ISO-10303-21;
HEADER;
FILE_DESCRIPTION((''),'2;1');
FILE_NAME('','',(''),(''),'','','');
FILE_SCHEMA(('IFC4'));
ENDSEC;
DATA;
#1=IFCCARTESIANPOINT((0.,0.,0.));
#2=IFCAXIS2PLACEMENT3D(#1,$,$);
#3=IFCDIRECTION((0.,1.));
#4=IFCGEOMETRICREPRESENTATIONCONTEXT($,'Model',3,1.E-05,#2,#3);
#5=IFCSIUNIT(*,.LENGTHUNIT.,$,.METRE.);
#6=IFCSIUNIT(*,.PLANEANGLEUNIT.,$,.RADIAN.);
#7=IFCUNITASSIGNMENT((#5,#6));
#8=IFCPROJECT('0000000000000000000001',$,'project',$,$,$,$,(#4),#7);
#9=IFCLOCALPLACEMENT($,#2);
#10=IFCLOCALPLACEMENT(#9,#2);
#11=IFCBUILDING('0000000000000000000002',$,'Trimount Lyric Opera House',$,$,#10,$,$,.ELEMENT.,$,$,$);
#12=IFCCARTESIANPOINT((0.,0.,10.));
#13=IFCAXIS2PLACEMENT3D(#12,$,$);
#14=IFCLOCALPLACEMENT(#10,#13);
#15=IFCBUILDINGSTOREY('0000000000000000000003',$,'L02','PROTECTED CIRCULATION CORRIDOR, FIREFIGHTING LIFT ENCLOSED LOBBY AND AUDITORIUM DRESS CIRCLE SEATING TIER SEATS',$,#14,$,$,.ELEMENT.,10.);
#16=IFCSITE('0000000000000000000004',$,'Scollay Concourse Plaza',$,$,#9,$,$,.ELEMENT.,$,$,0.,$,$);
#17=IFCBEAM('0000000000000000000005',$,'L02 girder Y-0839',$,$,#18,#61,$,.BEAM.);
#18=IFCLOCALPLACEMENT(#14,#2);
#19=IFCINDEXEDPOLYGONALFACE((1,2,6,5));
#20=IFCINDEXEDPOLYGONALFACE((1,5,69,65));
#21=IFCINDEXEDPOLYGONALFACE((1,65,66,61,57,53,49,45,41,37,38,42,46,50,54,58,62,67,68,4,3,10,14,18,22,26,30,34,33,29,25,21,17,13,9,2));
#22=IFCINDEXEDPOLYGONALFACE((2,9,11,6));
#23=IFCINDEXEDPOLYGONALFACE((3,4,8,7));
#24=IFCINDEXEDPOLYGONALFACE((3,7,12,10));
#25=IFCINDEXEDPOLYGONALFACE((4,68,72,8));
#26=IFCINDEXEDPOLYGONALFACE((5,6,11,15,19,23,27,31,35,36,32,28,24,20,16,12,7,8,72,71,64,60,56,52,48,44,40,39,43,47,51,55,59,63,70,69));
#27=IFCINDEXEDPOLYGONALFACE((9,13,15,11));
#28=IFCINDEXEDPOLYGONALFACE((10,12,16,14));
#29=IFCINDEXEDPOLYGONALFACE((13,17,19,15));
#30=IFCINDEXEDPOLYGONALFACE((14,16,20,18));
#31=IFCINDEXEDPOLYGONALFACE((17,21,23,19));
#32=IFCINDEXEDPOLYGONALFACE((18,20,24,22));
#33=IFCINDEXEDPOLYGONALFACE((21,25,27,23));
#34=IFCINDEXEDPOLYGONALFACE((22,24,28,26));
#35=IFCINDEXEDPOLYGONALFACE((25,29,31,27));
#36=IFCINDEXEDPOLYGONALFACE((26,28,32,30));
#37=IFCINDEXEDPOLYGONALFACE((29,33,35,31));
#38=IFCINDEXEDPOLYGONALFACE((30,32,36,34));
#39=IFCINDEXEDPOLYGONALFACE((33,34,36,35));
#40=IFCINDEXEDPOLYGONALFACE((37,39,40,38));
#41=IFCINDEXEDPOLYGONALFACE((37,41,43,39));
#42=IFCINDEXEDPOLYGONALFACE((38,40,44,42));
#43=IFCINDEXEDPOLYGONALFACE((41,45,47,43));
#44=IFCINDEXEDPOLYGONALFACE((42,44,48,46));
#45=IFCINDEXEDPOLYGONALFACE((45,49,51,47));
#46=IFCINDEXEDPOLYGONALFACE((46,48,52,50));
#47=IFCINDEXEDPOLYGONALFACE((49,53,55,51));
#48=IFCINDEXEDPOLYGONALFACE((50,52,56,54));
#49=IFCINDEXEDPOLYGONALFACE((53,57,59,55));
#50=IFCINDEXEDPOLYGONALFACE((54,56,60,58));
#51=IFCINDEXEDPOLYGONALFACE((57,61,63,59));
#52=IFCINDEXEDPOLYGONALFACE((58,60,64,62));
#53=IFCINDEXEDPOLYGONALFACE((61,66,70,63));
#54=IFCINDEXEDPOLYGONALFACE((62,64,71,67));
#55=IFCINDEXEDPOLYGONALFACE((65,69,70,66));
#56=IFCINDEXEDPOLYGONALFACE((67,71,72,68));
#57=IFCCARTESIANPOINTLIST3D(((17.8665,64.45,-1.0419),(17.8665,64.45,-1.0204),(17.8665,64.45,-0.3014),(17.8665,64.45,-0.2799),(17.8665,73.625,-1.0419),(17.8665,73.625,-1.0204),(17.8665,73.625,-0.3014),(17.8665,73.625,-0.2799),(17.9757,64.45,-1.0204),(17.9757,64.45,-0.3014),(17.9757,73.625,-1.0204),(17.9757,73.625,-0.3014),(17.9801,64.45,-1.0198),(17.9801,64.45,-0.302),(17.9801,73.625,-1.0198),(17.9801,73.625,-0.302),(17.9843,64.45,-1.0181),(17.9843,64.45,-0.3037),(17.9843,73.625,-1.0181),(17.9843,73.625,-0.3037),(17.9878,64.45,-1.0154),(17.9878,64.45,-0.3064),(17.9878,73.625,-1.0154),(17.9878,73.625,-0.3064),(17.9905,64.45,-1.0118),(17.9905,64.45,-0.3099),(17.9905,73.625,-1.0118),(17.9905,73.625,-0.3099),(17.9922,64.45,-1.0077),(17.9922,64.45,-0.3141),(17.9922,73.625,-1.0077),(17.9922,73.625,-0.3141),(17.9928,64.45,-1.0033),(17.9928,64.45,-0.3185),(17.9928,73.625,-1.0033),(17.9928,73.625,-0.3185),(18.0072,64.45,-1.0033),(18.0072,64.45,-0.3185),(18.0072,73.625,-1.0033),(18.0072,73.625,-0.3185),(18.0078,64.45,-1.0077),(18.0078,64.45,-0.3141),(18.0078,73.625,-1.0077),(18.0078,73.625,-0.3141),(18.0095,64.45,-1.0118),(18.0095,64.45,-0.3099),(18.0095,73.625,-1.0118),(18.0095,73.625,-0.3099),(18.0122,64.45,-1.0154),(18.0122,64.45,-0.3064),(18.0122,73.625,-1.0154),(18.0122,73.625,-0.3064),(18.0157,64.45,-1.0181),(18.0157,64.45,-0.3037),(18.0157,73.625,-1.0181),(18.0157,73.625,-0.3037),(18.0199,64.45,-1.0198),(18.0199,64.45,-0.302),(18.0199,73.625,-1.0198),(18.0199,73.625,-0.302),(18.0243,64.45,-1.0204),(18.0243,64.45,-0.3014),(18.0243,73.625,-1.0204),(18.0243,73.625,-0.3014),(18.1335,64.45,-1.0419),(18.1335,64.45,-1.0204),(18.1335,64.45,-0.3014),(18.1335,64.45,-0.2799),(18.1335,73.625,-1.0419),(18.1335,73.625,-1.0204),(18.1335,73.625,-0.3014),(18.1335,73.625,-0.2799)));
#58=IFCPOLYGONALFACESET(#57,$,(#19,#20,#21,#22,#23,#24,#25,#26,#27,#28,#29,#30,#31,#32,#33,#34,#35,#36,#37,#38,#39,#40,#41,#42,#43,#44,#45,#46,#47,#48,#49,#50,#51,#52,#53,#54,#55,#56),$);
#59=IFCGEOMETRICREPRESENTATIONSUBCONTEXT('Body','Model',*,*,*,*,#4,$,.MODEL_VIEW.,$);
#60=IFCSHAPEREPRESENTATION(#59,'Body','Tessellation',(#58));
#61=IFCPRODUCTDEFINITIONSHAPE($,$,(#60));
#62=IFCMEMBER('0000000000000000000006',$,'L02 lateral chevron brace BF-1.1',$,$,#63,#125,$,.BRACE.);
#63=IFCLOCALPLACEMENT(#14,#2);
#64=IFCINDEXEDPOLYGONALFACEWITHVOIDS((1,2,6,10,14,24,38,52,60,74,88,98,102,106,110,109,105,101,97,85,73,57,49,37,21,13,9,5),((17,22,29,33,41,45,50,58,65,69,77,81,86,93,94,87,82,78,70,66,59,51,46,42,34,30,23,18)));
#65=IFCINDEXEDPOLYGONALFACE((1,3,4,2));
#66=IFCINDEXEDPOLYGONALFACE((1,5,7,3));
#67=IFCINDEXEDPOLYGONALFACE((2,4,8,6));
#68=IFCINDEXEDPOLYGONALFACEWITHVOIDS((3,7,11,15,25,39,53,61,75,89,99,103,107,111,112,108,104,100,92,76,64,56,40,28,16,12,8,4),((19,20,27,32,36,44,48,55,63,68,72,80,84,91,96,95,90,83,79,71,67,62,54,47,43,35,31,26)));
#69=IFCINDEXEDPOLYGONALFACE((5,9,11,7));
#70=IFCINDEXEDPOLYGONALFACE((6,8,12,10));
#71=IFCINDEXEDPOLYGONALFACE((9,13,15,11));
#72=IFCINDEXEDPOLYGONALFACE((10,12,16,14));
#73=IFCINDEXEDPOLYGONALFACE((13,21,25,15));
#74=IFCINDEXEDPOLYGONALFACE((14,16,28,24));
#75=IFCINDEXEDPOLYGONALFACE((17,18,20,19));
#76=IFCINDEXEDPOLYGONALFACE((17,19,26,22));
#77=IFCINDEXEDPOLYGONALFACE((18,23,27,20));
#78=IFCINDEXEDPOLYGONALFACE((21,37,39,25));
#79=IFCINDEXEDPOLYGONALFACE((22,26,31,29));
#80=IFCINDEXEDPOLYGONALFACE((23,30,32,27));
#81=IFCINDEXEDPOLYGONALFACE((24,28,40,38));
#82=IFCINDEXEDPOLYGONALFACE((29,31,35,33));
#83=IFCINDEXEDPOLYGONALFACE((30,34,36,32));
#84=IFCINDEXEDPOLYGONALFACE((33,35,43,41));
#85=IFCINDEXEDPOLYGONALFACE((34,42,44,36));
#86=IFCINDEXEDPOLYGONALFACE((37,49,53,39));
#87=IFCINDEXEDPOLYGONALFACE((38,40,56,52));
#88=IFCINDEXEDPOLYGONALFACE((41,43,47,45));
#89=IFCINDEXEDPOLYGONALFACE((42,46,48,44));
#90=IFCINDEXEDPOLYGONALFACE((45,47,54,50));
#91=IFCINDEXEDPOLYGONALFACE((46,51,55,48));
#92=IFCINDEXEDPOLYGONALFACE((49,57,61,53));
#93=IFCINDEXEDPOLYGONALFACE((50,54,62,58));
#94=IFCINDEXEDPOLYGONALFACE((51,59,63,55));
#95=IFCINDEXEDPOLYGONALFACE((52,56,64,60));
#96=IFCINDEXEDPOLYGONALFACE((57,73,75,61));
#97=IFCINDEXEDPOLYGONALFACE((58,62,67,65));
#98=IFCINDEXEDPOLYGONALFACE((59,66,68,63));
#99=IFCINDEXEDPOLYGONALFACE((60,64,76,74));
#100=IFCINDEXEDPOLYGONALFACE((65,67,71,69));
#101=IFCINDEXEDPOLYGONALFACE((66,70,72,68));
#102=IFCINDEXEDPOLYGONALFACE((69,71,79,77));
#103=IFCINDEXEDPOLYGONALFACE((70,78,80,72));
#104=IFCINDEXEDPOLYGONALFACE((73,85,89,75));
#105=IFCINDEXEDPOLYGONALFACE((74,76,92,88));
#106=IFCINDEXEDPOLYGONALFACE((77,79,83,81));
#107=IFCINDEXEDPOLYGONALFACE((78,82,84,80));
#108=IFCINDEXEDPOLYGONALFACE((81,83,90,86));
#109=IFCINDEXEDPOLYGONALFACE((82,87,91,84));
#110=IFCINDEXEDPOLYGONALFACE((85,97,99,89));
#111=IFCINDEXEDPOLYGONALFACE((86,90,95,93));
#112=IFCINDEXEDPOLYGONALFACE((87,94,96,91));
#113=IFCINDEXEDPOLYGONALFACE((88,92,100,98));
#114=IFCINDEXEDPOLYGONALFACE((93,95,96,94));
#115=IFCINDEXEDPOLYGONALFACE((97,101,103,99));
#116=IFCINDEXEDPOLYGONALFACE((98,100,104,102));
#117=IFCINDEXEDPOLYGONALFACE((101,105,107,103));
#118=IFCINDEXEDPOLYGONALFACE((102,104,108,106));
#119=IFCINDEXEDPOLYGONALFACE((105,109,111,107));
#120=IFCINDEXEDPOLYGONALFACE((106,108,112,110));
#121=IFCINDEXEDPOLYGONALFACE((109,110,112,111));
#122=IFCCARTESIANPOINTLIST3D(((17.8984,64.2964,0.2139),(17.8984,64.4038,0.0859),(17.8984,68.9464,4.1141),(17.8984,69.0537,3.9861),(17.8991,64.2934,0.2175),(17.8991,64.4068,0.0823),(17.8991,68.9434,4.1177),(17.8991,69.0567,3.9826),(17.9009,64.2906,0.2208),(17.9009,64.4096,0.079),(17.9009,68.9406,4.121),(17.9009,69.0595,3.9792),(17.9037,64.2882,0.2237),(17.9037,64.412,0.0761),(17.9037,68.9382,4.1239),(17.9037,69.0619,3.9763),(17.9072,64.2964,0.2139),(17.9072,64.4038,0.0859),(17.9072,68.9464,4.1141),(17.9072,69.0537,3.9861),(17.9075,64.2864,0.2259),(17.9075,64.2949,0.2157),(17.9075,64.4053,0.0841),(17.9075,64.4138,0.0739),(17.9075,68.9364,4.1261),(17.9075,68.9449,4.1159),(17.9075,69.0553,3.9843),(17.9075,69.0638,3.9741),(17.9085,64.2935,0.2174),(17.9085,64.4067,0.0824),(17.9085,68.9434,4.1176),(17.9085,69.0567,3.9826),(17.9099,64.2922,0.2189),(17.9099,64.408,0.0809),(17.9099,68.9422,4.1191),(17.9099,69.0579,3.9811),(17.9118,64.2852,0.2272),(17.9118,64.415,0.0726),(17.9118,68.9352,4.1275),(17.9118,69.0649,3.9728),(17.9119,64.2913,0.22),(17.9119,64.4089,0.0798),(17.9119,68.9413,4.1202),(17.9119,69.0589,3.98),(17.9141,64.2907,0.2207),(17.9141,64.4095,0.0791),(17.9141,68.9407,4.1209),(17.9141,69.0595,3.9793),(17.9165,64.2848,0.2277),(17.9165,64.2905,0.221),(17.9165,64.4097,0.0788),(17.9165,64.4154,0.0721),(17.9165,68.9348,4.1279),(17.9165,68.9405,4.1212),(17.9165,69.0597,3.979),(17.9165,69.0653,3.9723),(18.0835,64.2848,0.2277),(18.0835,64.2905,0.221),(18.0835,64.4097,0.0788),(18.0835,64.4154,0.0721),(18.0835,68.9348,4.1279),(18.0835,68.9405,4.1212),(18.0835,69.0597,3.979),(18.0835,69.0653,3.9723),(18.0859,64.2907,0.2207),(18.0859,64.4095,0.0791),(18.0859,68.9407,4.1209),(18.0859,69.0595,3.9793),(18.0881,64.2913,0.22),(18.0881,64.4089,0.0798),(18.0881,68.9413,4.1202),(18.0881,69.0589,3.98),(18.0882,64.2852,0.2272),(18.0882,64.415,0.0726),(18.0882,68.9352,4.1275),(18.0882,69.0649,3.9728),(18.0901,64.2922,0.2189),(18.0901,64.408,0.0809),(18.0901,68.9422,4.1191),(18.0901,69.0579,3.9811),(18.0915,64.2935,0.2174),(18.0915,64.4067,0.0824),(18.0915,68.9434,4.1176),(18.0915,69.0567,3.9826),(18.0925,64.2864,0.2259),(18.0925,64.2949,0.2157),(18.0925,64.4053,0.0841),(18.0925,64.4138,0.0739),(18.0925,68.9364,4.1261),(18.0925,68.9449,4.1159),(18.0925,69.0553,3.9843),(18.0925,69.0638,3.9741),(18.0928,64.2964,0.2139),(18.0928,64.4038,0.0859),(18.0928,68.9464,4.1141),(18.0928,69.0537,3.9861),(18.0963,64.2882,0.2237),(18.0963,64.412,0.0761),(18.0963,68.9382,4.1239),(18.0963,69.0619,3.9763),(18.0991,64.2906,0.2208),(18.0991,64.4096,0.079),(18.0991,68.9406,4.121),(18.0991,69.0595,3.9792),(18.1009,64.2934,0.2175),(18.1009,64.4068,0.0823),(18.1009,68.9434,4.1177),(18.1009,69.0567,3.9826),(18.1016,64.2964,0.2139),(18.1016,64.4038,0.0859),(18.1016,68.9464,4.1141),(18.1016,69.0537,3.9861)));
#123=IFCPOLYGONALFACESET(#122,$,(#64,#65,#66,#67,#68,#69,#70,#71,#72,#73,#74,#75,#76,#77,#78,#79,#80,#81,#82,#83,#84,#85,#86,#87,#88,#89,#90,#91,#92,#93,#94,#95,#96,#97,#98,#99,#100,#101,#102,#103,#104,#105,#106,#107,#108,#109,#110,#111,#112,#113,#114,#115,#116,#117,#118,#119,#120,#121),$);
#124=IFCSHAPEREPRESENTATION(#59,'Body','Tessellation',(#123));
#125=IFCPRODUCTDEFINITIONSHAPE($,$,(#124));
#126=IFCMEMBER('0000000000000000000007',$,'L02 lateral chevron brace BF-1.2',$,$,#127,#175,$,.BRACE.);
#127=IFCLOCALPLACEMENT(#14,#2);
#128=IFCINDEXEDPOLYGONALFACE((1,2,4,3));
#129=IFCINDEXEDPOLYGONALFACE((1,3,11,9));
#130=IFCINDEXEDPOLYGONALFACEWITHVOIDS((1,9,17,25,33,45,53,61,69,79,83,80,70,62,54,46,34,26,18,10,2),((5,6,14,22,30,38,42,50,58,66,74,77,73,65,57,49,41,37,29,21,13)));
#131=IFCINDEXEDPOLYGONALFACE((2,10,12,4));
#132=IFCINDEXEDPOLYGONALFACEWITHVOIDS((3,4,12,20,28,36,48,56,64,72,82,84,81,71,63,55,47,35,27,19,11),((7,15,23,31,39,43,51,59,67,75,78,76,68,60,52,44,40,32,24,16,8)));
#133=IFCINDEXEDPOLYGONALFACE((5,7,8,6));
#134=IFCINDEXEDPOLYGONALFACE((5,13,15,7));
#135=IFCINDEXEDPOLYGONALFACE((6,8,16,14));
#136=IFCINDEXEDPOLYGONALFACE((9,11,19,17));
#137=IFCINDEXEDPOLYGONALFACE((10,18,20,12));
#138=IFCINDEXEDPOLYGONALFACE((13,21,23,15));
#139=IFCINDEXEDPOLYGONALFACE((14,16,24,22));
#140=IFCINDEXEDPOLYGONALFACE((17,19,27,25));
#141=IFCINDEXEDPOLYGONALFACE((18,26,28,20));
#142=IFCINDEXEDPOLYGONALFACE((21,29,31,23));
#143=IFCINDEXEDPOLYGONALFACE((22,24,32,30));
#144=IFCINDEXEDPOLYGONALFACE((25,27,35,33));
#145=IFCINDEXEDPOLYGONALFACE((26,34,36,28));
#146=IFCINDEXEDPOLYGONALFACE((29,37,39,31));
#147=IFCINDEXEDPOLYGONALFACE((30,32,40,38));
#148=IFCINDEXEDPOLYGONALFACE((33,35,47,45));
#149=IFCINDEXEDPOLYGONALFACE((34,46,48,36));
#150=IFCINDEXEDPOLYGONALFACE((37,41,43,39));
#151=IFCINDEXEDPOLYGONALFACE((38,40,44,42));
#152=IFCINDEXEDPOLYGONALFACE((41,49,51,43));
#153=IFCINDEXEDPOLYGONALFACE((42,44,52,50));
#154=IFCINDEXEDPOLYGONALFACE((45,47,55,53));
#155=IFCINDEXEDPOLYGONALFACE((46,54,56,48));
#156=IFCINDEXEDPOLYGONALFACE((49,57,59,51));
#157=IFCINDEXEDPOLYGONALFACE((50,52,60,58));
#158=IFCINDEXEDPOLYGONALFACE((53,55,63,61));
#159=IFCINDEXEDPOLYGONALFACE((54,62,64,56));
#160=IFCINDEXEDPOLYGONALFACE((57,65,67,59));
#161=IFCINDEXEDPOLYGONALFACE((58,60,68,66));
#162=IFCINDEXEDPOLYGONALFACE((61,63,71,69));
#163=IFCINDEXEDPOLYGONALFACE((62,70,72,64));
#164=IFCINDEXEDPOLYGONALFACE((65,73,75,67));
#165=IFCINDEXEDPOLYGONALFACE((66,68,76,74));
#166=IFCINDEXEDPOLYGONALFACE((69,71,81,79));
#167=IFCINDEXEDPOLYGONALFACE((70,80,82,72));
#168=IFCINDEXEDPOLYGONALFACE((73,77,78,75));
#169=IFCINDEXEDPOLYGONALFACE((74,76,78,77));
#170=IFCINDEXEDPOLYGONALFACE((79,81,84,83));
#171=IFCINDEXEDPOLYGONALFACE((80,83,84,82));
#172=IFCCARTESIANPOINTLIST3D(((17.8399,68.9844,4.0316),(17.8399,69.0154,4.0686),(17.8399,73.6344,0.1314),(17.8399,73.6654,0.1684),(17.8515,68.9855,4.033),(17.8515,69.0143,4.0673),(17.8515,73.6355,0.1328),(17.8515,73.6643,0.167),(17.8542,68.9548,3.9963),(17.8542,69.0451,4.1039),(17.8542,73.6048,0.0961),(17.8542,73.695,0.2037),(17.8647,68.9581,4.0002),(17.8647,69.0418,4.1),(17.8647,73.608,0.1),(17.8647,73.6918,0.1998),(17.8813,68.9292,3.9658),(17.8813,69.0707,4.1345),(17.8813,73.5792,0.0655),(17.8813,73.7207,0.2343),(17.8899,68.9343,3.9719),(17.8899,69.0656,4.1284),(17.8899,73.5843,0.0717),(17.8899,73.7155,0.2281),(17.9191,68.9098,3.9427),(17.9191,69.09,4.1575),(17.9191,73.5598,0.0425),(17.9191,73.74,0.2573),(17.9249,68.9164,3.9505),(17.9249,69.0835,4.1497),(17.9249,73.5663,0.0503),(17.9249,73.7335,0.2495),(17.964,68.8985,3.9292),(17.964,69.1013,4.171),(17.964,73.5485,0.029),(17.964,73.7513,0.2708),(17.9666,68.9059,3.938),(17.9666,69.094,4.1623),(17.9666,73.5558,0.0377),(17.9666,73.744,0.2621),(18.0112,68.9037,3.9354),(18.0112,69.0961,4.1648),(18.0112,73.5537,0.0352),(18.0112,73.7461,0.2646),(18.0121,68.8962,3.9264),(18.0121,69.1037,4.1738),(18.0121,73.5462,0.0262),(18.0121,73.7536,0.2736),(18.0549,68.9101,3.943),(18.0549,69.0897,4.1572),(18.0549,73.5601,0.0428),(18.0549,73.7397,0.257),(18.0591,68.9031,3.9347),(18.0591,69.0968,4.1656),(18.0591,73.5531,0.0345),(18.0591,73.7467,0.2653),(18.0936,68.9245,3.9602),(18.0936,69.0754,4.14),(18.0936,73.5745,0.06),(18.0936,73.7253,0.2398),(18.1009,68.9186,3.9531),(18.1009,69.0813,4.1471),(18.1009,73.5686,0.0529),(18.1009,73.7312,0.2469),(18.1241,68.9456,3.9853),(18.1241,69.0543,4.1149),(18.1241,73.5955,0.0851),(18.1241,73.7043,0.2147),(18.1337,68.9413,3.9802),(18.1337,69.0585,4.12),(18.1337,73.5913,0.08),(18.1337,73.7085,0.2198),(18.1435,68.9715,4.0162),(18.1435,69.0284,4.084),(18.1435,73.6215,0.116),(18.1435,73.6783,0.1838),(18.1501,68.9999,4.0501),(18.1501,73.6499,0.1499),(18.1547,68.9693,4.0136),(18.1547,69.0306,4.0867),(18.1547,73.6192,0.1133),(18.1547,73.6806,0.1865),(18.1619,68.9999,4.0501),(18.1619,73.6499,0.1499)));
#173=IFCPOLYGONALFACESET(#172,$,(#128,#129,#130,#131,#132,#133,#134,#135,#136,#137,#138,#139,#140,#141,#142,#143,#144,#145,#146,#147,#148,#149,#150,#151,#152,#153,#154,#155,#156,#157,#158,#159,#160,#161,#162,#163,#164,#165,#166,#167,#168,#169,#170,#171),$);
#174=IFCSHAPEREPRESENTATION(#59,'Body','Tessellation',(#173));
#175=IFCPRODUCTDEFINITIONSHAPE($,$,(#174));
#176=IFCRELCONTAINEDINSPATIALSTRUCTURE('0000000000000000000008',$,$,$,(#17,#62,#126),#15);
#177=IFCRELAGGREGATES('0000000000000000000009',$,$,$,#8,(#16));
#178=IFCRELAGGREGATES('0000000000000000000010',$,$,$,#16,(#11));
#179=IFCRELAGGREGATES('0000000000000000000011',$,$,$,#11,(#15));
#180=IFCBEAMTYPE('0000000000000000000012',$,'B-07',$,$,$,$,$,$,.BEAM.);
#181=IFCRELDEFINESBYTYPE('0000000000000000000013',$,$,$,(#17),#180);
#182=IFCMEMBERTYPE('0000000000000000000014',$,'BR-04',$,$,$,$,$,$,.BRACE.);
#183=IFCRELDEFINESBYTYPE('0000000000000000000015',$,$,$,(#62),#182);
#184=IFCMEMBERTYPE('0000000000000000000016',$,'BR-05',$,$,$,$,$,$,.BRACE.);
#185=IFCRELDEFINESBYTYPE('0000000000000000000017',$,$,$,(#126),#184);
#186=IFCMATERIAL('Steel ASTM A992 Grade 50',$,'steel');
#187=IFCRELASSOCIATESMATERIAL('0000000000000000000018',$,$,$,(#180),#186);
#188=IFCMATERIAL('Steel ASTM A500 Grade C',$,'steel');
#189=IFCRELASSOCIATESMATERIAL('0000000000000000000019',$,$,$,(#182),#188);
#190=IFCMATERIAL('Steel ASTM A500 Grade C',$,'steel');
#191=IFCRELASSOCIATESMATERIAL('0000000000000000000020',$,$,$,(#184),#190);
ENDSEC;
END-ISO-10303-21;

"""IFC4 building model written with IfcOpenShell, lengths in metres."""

from ifc_helpers import new_model, si_unit, direction, frame, origin, origin_2d, place, context, subcontext, project, spatial, hollow_rectangle, hollow_circle, i_section, extrude, material, material_profile, profile_set, type_object, element, save


model = new_model("IFC4")

# Units and contexts
model_context = context("Model", 3, precision=1e-05, world=origin(), true_north=direction((0.0, 1.0)))
body_context = subcontext(model_context, "Body", "Model", "MODEL_VIEW")
ifc_project = project(units=[si_unit("LENGTHUNIT", "METRE"), si_unit("PLANEANGLEUNIT", "RADIAN")], contexts=[model_context])

# Site, building, storey
site_placement = place(None, origin())
site = spatial("IfcSite", under=ifc_project, at=site_placement, Name="Scollay Concourse Plaza", CompositionType="ELEMENT", RefElevation=0.0)
building_placement = place(site_placement, origin())
building = spatial("IfcBuilding", under=site, at=building_placement, Name="Trimount Lyric Opera House", CompositionType="ELEMENT")
storey_placement = place(building_placement, frame((0.0, 0.0, 10.0)))
storey = spatial("IfcBuildingStorey", under=building, at=storey_placement, Name="L02", Description="PROTECTED CIRCULATION CORRIDOR, FIREFIGHTING LIFT ENCLOSED LOBBY AND AUDITORIUM DRESS CIRCLE SEATING TIER SEATS", CompositionType="ELEMENT", Elevation=10.0)

# Beam
ifc_material_1 = material(Name="Steel ASTM A992 Grade 50", Category="steel")
ifc_material_profile_1 = material_profile(ifc_material_1, i_section(OverallWidth=0.2671, OverallDepth=0.762, WebThickness=0.0144, FlangeThickness=0.0215, FilletRadius=0.0171, at=origin_2d()), Name="W30X116")
ifc_profile_set_1 = profile_set([ifc_material_profile_1], Name="Steel ASTM A992 Grade 50")
beam_type_1 = type_object("IfcBeamType", Name="B-07", PredefinedType="BEAM", material=ifc_profile_set_1)
beam_1_placement = place(storey_placement, frame((18.0, 64.45, -0.6609), z_axis=(0.0, 1.0, 0.0), x_axis=(-1.0, 0.0, 0.0)))
element("IfcBeam", 1, at=beam_1_placement, inside=storey, type_object=beam_type_1, Name="L02 girder Y-0839", PredefinedType="BEAM", context=body_context, shape_type="SweptSolid", body=[
    extrude(i_section(OverallWidth=0.2671, OverallDepth=0.762, WebThickness=0.0144, FlangeThickness=0.0215, FilletRadius=0.0171, at=origin_2d()), origin(), (0.0, 0.0, 1.0), 9.175),
])

# Members
ifc_material_2 = material(Name="Steel ASTM A500 Grade C", Category="steel")
ifc_material_profile_2 = material_profile(ifc_material_2, hollow_rectangle(XDim=0.2031, YDim=0.2031, WallThickness=0.0088, InnerFilletRadius=0.0093, OuterFilletRadius=0.0181, at=origin_2d()), Name="HSS203.2X203.2X9.5")
ifc_profile_set_2 = profile_set([ifc_material_profile_2], Name="Steel ASTM A500 Grade C")
member_type_1 = type_object("IfcMemberType", Name="BR-04", PredefinedType="BRACE", material=ifc_profile_set_2)
member_1_placement = place(storey_placement, frame((18.0, 64.3501, 0.1499), z_axis=(0.0, 0.766173, 0.642634), x_axis=(-1.0, 0.0, 0.0)))
element("IfcMember", 2, at=member_1_placement, inside=storey, type_object=member_type_1, Name="L02 lateral chevron brace BF-1.1", PredefinedType="BRACE", context=body_context, shape_type="SweptSolid", body=[
    extrude(hollow_rectangle(XDim=0.2031, YDim=0.2031, WallThickness=0.0088, InnerFilletRadius=0.0093, OuterFilletRadius=0.0181, at=origin_2d()), origin(), (0.0, 0.0, 1.0), 6.0691),
])
ifc_material_3 = material(Name="Steel ASTM A500 Grade C", Category="steel")
ifc_material_profile_3 = material_profile(ifc_material_3, hollow_circle(Radius=0.1619, WallThickness=0.0117, at=origin_2d()), Name="HSS323.9X12.7")
ifc_profile_set_3 = profile_set([ifc_material_profile_3], Name="Steel ASTM A500 Grade C")
member_type_2 = type_object("IfcMemberType", Name="BR-05", PredefinedType="BRACE", material=ifc_profile_set_3)
member_2_placement = place(storey_placement, frame((18.0, 73.6499, 0.1499), z_axis=(0.0, -0.766173, 0.642634), x_axis=(1.0, 0.0, 0.0)))
element("IfcMember", 3, at=member_2_placement, inside=storey, type_object=member_type_2, Name="L02 lateral chevron brace BF-1.2", PredefinedType="BRACE", context=body_context, shape_type="SweptSolid", body=[
    extrude(hollow_circle(Radius=0.1619, WallThickness=0.0117, at=origin_2d()), origin(), (0.0, 0.0, 1.0), 6.0691),
])

save(model, "model.ifc")
